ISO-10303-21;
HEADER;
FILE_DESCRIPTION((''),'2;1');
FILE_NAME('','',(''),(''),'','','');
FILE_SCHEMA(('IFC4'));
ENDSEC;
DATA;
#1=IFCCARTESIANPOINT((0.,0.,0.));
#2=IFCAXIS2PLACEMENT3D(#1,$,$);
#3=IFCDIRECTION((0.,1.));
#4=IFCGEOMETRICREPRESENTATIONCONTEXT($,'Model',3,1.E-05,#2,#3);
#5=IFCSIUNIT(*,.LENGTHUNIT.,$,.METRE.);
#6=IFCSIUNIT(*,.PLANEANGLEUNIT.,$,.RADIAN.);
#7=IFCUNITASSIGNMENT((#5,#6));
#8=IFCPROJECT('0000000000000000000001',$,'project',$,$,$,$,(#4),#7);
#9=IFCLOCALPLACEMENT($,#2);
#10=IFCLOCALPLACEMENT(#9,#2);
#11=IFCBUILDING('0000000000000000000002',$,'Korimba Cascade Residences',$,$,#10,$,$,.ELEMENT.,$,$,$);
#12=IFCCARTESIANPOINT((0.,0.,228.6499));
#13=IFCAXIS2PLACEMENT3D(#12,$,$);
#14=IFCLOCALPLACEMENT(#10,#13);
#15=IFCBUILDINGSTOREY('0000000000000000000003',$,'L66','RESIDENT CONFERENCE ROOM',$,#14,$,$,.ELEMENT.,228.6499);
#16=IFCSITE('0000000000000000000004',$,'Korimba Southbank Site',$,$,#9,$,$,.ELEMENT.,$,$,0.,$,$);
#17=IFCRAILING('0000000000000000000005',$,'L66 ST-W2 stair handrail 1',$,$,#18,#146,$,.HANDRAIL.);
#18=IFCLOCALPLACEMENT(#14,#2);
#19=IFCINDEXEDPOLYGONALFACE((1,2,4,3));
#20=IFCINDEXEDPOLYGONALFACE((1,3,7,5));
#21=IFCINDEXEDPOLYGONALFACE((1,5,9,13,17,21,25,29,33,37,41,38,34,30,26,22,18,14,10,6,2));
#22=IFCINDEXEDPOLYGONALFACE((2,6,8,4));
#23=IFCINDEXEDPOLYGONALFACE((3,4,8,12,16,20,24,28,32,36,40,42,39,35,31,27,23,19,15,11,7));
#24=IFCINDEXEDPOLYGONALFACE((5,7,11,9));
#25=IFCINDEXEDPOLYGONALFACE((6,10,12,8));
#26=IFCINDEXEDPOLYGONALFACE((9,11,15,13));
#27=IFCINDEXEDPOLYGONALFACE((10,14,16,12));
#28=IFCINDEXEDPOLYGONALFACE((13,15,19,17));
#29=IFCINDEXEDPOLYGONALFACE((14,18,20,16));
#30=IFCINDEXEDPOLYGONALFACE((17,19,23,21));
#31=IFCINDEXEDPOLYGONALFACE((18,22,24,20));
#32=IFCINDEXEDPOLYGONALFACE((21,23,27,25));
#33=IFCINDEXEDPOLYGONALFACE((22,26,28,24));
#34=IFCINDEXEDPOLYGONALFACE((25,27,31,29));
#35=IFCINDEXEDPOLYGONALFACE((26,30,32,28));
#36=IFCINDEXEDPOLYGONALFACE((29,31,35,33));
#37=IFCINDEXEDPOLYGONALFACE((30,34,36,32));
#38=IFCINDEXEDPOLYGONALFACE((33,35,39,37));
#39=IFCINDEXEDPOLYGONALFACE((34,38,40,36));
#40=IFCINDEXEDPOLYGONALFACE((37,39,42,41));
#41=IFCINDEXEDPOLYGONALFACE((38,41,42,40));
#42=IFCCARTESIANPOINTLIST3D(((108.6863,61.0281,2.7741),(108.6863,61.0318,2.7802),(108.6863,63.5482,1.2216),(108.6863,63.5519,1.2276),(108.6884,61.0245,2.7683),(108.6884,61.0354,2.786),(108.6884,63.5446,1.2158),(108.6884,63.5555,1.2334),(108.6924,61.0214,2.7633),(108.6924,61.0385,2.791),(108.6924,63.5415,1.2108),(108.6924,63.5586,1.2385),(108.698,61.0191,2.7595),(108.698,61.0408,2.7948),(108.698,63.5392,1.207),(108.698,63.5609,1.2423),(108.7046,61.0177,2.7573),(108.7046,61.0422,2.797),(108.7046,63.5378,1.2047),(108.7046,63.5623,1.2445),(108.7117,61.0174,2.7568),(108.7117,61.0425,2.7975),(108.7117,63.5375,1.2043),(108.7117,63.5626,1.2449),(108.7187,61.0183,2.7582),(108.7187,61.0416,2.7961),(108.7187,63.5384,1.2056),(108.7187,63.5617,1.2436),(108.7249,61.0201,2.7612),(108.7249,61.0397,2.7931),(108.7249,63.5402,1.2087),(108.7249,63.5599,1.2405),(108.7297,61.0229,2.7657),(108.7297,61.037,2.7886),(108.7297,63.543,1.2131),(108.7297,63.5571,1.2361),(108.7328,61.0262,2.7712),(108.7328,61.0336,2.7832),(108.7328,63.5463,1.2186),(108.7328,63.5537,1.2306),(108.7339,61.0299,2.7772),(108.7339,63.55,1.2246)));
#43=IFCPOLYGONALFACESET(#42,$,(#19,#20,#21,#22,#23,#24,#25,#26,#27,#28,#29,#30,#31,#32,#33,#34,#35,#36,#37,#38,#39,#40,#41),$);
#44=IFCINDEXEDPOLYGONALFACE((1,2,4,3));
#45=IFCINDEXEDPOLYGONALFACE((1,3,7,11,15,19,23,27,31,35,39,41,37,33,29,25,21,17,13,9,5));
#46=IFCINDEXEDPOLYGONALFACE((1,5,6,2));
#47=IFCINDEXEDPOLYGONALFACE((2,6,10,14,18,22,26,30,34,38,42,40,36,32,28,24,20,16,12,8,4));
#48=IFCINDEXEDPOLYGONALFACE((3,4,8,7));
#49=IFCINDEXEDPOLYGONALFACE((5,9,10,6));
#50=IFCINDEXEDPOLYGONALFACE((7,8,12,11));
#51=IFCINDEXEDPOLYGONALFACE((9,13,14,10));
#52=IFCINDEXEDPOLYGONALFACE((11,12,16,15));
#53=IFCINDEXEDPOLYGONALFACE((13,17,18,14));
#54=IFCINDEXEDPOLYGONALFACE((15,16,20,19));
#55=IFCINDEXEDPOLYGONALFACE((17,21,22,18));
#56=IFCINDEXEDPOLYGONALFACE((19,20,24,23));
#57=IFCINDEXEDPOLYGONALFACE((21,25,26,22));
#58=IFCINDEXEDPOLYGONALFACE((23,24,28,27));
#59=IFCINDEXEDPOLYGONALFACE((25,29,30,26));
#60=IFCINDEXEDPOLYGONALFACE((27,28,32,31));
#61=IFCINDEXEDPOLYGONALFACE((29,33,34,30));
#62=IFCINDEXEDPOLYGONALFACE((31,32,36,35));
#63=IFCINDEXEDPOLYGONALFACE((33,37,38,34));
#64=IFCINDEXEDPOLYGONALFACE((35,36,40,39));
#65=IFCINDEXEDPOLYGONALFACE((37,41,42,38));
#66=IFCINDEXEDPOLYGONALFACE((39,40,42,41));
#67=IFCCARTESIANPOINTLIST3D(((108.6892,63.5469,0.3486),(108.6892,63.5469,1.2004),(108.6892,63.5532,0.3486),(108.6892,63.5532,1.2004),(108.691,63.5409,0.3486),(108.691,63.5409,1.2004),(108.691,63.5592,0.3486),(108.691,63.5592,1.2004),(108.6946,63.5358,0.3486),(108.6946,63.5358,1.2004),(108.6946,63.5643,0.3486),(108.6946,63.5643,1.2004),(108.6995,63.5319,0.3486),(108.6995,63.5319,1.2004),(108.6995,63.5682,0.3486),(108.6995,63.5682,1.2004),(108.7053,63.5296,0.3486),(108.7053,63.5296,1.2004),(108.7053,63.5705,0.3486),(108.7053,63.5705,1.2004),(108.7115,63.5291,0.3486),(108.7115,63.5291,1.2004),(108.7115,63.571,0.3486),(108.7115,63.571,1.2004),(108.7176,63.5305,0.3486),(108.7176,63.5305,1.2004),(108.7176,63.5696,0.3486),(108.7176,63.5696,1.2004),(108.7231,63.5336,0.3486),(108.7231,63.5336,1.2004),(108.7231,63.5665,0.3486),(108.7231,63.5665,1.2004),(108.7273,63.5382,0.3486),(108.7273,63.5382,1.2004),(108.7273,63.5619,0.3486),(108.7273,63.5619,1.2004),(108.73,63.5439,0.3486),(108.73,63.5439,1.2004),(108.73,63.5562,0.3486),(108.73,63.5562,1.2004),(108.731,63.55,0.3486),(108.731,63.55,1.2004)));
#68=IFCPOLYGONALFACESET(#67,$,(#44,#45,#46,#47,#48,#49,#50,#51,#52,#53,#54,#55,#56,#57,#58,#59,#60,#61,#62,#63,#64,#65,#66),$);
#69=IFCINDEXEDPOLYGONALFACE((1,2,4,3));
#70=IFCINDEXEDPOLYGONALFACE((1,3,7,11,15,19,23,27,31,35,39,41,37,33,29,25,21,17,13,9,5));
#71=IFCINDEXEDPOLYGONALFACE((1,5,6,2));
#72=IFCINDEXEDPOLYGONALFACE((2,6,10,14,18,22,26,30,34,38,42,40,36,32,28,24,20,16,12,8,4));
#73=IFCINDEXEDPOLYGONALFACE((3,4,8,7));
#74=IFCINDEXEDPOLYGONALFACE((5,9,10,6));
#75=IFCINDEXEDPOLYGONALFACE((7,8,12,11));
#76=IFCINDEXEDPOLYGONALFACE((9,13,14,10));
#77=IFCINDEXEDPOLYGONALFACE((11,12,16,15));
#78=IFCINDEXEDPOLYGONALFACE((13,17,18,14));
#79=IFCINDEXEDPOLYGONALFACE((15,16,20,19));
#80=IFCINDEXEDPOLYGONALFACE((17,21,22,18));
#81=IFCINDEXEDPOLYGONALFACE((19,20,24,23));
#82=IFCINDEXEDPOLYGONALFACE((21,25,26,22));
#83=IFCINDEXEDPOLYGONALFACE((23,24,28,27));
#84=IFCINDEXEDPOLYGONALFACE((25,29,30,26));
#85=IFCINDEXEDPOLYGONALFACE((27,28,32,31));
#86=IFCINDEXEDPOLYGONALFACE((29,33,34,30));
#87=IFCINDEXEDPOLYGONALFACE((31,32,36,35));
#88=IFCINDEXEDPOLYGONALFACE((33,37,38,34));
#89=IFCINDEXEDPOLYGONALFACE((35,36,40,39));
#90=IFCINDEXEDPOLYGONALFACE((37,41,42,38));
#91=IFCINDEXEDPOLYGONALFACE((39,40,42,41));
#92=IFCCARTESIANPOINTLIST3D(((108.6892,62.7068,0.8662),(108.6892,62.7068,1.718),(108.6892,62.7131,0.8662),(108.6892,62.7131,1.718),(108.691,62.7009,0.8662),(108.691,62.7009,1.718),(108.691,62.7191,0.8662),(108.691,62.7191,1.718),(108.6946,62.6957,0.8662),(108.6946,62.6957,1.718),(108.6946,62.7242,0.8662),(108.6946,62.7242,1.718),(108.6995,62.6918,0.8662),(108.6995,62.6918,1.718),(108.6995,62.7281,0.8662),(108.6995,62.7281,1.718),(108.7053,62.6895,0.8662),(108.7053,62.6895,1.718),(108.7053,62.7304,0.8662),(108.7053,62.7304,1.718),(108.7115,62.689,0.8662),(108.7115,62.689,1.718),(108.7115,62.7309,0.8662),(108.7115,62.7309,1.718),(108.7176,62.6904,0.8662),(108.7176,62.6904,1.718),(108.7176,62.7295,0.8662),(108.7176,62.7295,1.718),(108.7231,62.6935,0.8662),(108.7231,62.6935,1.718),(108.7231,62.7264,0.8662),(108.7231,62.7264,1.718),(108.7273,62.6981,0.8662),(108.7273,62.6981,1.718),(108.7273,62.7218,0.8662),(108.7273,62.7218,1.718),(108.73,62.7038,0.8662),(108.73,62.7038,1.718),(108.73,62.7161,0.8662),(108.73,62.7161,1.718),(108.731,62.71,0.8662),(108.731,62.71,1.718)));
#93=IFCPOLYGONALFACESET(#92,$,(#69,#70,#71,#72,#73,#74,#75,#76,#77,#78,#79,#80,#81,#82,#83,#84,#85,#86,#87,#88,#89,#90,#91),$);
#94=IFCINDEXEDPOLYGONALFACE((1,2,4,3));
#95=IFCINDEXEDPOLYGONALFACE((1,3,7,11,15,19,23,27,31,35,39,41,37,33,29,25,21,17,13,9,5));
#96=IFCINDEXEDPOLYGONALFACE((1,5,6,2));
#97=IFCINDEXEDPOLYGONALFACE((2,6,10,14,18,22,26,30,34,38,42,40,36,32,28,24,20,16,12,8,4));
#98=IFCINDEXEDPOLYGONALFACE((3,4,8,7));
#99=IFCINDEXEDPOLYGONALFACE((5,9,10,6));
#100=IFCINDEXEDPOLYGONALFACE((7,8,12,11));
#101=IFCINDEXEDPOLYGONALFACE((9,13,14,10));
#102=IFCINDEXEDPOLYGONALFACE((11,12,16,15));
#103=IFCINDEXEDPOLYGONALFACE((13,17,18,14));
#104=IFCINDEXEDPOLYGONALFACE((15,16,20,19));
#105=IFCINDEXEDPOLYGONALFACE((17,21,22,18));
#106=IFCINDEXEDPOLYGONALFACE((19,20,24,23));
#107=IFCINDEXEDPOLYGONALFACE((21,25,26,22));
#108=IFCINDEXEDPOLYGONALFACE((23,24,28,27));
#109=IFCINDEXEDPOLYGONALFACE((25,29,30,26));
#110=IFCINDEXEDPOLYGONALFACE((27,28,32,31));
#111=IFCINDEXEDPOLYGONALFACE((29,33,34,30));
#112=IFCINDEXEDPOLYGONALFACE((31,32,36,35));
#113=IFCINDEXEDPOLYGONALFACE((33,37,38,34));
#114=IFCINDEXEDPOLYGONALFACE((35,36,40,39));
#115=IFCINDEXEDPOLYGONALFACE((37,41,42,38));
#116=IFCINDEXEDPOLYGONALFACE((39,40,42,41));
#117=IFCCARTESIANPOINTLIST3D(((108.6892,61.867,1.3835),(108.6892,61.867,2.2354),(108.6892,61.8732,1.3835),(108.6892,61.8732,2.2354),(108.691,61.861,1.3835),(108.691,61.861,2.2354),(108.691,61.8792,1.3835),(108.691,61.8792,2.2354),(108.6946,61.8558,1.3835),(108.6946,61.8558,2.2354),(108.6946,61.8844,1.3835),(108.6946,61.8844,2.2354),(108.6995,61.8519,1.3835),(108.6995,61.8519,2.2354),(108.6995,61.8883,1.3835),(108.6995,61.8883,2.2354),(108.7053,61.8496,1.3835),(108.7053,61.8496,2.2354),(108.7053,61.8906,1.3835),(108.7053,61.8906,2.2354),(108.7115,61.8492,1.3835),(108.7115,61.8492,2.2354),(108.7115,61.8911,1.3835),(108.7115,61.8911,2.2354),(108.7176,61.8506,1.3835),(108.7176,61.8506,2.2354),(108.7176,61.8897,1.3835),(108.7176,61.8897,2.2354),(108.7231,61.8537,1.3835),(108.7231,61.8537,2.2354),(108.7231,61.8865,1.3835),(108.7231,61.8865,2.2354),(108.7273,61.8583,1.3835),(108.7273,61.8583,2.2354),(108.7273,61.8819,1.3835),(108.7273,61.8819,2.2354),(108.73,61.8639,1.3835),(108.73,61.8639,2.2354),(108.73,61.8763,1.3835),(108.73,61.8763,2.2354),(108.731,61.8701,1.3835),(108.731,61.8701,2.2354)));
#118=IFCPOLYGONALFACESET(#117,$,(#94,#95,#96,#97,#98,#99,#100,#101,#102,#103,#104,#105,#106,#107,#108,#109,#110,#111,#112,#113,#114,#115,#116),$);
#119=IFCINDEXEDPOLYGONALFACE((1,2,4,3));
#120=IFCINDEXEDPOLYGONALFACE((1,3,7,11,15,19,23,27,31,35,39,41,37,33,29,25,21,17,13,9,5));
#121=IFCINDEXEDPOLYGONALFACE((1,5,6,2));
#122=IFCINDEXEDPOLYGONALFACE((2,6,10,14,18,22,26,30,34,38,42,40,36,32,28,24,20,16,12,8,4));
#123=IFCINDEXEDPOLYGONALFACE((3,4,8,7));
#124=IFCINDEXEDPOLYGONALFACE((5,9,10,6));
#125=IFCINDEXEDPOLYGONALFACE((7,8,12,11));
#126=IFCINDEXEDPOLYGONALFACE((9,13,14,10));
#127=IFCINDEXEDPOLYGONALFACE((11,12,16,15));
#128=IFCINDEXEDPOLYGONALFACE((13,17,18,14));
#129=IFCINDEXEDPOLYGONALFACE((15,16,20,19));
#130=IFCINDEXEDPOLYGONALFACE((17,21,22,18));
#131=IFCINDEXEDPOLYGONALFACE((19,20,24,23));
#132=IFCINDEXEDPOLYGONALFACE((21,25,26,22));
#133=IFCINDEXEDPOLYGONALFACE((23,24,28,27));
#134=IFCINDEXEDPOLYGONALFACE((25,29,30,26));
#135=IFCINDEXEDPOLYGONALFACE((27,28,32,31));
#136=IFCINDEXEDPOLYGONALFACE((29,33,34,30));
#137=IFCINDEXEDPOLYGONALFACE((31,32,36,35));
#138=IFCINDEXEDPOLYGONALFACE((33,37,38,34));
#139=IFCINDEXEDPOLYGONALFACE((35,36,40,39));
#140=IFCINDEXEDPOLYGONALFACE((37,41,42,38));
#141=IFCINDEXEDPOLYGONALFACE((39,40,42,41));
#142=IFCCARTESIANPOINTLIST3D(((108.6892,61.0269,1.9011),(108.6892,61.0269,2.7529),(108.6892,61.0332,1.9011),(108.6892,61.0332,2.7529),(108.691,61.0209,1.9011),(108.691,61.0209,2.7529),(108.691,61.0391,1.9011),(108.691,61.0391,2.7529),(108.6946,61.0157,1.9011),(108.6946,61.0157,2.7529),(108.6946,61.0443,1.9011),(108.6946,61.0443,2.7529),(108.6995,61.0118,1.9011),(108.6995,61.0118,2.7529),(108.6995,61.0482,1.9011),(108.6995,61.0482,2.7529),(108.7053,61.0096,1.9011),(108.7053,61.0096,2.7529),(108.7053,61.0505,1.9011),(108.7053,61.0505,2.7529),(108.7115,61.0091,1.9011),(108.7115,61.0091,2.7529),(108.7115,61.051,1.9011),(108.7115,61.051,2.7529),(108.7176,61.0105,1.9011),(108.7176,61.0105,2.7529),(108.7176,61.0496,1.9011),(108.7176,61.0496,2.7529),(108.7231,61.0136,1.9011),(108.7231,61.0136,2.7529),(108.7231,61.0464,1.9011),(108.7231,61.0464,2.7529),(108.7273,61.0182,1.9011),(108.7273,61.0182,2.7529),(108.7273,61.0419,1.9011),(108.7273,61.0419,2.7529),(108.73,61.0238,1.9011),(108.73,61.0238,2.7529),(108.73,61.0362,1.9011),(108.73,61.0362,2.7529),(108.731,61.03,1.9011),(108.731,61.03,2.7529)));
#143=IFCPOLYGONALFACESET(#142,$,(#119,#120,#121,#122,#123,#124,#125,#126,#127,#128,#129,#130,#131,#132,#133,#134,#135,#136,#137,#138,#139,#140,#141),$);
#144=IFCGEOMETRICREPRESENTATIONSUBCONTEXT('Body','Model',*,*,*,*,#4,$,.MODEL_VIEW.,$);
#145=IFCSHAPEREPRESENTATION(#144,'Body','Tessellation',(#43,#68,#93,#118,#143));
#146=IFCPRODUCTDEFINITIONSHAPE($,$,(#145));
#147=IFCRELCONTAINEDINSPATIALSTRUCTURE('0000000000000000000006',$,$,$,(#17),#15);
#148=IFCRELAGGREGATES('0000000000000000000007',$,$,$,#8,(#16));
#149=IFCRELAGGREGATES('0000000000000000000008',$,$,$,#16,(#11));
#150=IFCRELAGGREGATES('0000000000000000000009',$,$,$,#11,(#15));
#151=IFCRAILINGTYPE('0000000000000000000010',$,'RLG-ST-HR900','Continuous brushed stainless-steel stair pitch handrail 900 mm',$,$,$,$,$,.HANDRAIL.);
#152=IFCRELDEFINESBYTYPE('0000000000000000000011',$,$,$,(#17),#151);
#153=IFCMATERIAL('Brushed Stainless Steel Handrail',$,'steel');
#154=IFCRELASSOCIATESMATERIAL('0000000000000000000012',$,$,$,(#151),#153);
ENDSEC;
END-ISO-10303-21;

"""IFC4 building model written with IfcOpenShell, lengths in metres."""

from ifc_helpers import new_model, si_unit, direction, frame, origin, origin_2d, place, context, subcontext, project, spatial, circle, extrude, material, type_object, element, save


model = new_model("IFC4")

# Units and contexts
model_context = context("Model", 3, precision=1e-05, world=origin(), true_north=direction((0.0, 1.0)))
body_context = subcontext(model_context, "Body", "Model", "MODEL_VIEW")
ifc_project = project(units=[si_unit("LENGTHUNIT", "METRE"), si_unit("PLANEANGLEUNIT", "RADIAN")], contexts=[model_context])

# Site, building, storey
site_placement = place(None, origin())
site = spatial("IfcSite", under=ifc_project, at=site_placement, Name="Korimba Southbank Site", CompositionType="ELEMENT", RefElevation=0.0)
building_placement = place(site_placement, origin())
building = spatial("IfcBuilding", under=site, at=building_placement, Name="Korimba Cascade Residences", CompositionType="ELEMENT")
storey_placement = place(building_placement, frame((0.0, 0.0, 228.6499)))
storey = spatial("IfcBuildingStorey", under=building, at=storey_placement, Name="L66", Description="RESIDENT CONFERENCE ROOM", CompositionType="ELEMENT", Elevation=228.6499)

# Railing
ifc_material_1 = material(Name="Brushed Stainless Steel Handrail", Category="steel")
railing_type_1 = type_object("IfcRailingType", Name="RLG-ST-HR900", Description="Continuous brushed stainless-steel stair pitch handrail 900 mm", PredefinedType="HANDRAIL", material=ifc_material_1)
railing_1_placement = place(storey_placement, frame((108.71, 63.55, 0.3486)))
element("IfcRailing", 1, at=railing_1_placement, inside=storey, type_object=railing_type_1, Name="L66 ST-W2 stair handrail 1", PredefinedType="HANDRAIL", context=body_context, shape_type="SweptSolid", body=[
    extrude(circle(Radius=0.0239, at=origin_2d()), frame((0.0, 0.0, 0.876), z_axis=(0.0, -0.8514, 0.524516), x_axis=(1.0, 0.0, 0.0)), (0.0, 0.0, 1.0), 2.96),
    extrude(circle(Radius=0.021, at=origin_2d()), origin(), (0.0, 0.0, 1.0), 0.8518),
    extrude(circle(Radius=0.021, at=origin_2d()), frame((0.0, -0.8401, 0.5176)), (0.0, 0.0, 1.0), 0.8518),
    extrude(circle(Radius=0.021, at=origin_2d()), frame((0.0, -1.6799, 1.0349)), (0.0, 0.0, 1.0), 0.8518),
    extrude(circle(Radius=0.021, at=origin_2d()), frame((0.0, -2.52, 1.5525)), (0.0, 0.0, 1.0), 0.8518),
])

save(model, "model.ifc")
